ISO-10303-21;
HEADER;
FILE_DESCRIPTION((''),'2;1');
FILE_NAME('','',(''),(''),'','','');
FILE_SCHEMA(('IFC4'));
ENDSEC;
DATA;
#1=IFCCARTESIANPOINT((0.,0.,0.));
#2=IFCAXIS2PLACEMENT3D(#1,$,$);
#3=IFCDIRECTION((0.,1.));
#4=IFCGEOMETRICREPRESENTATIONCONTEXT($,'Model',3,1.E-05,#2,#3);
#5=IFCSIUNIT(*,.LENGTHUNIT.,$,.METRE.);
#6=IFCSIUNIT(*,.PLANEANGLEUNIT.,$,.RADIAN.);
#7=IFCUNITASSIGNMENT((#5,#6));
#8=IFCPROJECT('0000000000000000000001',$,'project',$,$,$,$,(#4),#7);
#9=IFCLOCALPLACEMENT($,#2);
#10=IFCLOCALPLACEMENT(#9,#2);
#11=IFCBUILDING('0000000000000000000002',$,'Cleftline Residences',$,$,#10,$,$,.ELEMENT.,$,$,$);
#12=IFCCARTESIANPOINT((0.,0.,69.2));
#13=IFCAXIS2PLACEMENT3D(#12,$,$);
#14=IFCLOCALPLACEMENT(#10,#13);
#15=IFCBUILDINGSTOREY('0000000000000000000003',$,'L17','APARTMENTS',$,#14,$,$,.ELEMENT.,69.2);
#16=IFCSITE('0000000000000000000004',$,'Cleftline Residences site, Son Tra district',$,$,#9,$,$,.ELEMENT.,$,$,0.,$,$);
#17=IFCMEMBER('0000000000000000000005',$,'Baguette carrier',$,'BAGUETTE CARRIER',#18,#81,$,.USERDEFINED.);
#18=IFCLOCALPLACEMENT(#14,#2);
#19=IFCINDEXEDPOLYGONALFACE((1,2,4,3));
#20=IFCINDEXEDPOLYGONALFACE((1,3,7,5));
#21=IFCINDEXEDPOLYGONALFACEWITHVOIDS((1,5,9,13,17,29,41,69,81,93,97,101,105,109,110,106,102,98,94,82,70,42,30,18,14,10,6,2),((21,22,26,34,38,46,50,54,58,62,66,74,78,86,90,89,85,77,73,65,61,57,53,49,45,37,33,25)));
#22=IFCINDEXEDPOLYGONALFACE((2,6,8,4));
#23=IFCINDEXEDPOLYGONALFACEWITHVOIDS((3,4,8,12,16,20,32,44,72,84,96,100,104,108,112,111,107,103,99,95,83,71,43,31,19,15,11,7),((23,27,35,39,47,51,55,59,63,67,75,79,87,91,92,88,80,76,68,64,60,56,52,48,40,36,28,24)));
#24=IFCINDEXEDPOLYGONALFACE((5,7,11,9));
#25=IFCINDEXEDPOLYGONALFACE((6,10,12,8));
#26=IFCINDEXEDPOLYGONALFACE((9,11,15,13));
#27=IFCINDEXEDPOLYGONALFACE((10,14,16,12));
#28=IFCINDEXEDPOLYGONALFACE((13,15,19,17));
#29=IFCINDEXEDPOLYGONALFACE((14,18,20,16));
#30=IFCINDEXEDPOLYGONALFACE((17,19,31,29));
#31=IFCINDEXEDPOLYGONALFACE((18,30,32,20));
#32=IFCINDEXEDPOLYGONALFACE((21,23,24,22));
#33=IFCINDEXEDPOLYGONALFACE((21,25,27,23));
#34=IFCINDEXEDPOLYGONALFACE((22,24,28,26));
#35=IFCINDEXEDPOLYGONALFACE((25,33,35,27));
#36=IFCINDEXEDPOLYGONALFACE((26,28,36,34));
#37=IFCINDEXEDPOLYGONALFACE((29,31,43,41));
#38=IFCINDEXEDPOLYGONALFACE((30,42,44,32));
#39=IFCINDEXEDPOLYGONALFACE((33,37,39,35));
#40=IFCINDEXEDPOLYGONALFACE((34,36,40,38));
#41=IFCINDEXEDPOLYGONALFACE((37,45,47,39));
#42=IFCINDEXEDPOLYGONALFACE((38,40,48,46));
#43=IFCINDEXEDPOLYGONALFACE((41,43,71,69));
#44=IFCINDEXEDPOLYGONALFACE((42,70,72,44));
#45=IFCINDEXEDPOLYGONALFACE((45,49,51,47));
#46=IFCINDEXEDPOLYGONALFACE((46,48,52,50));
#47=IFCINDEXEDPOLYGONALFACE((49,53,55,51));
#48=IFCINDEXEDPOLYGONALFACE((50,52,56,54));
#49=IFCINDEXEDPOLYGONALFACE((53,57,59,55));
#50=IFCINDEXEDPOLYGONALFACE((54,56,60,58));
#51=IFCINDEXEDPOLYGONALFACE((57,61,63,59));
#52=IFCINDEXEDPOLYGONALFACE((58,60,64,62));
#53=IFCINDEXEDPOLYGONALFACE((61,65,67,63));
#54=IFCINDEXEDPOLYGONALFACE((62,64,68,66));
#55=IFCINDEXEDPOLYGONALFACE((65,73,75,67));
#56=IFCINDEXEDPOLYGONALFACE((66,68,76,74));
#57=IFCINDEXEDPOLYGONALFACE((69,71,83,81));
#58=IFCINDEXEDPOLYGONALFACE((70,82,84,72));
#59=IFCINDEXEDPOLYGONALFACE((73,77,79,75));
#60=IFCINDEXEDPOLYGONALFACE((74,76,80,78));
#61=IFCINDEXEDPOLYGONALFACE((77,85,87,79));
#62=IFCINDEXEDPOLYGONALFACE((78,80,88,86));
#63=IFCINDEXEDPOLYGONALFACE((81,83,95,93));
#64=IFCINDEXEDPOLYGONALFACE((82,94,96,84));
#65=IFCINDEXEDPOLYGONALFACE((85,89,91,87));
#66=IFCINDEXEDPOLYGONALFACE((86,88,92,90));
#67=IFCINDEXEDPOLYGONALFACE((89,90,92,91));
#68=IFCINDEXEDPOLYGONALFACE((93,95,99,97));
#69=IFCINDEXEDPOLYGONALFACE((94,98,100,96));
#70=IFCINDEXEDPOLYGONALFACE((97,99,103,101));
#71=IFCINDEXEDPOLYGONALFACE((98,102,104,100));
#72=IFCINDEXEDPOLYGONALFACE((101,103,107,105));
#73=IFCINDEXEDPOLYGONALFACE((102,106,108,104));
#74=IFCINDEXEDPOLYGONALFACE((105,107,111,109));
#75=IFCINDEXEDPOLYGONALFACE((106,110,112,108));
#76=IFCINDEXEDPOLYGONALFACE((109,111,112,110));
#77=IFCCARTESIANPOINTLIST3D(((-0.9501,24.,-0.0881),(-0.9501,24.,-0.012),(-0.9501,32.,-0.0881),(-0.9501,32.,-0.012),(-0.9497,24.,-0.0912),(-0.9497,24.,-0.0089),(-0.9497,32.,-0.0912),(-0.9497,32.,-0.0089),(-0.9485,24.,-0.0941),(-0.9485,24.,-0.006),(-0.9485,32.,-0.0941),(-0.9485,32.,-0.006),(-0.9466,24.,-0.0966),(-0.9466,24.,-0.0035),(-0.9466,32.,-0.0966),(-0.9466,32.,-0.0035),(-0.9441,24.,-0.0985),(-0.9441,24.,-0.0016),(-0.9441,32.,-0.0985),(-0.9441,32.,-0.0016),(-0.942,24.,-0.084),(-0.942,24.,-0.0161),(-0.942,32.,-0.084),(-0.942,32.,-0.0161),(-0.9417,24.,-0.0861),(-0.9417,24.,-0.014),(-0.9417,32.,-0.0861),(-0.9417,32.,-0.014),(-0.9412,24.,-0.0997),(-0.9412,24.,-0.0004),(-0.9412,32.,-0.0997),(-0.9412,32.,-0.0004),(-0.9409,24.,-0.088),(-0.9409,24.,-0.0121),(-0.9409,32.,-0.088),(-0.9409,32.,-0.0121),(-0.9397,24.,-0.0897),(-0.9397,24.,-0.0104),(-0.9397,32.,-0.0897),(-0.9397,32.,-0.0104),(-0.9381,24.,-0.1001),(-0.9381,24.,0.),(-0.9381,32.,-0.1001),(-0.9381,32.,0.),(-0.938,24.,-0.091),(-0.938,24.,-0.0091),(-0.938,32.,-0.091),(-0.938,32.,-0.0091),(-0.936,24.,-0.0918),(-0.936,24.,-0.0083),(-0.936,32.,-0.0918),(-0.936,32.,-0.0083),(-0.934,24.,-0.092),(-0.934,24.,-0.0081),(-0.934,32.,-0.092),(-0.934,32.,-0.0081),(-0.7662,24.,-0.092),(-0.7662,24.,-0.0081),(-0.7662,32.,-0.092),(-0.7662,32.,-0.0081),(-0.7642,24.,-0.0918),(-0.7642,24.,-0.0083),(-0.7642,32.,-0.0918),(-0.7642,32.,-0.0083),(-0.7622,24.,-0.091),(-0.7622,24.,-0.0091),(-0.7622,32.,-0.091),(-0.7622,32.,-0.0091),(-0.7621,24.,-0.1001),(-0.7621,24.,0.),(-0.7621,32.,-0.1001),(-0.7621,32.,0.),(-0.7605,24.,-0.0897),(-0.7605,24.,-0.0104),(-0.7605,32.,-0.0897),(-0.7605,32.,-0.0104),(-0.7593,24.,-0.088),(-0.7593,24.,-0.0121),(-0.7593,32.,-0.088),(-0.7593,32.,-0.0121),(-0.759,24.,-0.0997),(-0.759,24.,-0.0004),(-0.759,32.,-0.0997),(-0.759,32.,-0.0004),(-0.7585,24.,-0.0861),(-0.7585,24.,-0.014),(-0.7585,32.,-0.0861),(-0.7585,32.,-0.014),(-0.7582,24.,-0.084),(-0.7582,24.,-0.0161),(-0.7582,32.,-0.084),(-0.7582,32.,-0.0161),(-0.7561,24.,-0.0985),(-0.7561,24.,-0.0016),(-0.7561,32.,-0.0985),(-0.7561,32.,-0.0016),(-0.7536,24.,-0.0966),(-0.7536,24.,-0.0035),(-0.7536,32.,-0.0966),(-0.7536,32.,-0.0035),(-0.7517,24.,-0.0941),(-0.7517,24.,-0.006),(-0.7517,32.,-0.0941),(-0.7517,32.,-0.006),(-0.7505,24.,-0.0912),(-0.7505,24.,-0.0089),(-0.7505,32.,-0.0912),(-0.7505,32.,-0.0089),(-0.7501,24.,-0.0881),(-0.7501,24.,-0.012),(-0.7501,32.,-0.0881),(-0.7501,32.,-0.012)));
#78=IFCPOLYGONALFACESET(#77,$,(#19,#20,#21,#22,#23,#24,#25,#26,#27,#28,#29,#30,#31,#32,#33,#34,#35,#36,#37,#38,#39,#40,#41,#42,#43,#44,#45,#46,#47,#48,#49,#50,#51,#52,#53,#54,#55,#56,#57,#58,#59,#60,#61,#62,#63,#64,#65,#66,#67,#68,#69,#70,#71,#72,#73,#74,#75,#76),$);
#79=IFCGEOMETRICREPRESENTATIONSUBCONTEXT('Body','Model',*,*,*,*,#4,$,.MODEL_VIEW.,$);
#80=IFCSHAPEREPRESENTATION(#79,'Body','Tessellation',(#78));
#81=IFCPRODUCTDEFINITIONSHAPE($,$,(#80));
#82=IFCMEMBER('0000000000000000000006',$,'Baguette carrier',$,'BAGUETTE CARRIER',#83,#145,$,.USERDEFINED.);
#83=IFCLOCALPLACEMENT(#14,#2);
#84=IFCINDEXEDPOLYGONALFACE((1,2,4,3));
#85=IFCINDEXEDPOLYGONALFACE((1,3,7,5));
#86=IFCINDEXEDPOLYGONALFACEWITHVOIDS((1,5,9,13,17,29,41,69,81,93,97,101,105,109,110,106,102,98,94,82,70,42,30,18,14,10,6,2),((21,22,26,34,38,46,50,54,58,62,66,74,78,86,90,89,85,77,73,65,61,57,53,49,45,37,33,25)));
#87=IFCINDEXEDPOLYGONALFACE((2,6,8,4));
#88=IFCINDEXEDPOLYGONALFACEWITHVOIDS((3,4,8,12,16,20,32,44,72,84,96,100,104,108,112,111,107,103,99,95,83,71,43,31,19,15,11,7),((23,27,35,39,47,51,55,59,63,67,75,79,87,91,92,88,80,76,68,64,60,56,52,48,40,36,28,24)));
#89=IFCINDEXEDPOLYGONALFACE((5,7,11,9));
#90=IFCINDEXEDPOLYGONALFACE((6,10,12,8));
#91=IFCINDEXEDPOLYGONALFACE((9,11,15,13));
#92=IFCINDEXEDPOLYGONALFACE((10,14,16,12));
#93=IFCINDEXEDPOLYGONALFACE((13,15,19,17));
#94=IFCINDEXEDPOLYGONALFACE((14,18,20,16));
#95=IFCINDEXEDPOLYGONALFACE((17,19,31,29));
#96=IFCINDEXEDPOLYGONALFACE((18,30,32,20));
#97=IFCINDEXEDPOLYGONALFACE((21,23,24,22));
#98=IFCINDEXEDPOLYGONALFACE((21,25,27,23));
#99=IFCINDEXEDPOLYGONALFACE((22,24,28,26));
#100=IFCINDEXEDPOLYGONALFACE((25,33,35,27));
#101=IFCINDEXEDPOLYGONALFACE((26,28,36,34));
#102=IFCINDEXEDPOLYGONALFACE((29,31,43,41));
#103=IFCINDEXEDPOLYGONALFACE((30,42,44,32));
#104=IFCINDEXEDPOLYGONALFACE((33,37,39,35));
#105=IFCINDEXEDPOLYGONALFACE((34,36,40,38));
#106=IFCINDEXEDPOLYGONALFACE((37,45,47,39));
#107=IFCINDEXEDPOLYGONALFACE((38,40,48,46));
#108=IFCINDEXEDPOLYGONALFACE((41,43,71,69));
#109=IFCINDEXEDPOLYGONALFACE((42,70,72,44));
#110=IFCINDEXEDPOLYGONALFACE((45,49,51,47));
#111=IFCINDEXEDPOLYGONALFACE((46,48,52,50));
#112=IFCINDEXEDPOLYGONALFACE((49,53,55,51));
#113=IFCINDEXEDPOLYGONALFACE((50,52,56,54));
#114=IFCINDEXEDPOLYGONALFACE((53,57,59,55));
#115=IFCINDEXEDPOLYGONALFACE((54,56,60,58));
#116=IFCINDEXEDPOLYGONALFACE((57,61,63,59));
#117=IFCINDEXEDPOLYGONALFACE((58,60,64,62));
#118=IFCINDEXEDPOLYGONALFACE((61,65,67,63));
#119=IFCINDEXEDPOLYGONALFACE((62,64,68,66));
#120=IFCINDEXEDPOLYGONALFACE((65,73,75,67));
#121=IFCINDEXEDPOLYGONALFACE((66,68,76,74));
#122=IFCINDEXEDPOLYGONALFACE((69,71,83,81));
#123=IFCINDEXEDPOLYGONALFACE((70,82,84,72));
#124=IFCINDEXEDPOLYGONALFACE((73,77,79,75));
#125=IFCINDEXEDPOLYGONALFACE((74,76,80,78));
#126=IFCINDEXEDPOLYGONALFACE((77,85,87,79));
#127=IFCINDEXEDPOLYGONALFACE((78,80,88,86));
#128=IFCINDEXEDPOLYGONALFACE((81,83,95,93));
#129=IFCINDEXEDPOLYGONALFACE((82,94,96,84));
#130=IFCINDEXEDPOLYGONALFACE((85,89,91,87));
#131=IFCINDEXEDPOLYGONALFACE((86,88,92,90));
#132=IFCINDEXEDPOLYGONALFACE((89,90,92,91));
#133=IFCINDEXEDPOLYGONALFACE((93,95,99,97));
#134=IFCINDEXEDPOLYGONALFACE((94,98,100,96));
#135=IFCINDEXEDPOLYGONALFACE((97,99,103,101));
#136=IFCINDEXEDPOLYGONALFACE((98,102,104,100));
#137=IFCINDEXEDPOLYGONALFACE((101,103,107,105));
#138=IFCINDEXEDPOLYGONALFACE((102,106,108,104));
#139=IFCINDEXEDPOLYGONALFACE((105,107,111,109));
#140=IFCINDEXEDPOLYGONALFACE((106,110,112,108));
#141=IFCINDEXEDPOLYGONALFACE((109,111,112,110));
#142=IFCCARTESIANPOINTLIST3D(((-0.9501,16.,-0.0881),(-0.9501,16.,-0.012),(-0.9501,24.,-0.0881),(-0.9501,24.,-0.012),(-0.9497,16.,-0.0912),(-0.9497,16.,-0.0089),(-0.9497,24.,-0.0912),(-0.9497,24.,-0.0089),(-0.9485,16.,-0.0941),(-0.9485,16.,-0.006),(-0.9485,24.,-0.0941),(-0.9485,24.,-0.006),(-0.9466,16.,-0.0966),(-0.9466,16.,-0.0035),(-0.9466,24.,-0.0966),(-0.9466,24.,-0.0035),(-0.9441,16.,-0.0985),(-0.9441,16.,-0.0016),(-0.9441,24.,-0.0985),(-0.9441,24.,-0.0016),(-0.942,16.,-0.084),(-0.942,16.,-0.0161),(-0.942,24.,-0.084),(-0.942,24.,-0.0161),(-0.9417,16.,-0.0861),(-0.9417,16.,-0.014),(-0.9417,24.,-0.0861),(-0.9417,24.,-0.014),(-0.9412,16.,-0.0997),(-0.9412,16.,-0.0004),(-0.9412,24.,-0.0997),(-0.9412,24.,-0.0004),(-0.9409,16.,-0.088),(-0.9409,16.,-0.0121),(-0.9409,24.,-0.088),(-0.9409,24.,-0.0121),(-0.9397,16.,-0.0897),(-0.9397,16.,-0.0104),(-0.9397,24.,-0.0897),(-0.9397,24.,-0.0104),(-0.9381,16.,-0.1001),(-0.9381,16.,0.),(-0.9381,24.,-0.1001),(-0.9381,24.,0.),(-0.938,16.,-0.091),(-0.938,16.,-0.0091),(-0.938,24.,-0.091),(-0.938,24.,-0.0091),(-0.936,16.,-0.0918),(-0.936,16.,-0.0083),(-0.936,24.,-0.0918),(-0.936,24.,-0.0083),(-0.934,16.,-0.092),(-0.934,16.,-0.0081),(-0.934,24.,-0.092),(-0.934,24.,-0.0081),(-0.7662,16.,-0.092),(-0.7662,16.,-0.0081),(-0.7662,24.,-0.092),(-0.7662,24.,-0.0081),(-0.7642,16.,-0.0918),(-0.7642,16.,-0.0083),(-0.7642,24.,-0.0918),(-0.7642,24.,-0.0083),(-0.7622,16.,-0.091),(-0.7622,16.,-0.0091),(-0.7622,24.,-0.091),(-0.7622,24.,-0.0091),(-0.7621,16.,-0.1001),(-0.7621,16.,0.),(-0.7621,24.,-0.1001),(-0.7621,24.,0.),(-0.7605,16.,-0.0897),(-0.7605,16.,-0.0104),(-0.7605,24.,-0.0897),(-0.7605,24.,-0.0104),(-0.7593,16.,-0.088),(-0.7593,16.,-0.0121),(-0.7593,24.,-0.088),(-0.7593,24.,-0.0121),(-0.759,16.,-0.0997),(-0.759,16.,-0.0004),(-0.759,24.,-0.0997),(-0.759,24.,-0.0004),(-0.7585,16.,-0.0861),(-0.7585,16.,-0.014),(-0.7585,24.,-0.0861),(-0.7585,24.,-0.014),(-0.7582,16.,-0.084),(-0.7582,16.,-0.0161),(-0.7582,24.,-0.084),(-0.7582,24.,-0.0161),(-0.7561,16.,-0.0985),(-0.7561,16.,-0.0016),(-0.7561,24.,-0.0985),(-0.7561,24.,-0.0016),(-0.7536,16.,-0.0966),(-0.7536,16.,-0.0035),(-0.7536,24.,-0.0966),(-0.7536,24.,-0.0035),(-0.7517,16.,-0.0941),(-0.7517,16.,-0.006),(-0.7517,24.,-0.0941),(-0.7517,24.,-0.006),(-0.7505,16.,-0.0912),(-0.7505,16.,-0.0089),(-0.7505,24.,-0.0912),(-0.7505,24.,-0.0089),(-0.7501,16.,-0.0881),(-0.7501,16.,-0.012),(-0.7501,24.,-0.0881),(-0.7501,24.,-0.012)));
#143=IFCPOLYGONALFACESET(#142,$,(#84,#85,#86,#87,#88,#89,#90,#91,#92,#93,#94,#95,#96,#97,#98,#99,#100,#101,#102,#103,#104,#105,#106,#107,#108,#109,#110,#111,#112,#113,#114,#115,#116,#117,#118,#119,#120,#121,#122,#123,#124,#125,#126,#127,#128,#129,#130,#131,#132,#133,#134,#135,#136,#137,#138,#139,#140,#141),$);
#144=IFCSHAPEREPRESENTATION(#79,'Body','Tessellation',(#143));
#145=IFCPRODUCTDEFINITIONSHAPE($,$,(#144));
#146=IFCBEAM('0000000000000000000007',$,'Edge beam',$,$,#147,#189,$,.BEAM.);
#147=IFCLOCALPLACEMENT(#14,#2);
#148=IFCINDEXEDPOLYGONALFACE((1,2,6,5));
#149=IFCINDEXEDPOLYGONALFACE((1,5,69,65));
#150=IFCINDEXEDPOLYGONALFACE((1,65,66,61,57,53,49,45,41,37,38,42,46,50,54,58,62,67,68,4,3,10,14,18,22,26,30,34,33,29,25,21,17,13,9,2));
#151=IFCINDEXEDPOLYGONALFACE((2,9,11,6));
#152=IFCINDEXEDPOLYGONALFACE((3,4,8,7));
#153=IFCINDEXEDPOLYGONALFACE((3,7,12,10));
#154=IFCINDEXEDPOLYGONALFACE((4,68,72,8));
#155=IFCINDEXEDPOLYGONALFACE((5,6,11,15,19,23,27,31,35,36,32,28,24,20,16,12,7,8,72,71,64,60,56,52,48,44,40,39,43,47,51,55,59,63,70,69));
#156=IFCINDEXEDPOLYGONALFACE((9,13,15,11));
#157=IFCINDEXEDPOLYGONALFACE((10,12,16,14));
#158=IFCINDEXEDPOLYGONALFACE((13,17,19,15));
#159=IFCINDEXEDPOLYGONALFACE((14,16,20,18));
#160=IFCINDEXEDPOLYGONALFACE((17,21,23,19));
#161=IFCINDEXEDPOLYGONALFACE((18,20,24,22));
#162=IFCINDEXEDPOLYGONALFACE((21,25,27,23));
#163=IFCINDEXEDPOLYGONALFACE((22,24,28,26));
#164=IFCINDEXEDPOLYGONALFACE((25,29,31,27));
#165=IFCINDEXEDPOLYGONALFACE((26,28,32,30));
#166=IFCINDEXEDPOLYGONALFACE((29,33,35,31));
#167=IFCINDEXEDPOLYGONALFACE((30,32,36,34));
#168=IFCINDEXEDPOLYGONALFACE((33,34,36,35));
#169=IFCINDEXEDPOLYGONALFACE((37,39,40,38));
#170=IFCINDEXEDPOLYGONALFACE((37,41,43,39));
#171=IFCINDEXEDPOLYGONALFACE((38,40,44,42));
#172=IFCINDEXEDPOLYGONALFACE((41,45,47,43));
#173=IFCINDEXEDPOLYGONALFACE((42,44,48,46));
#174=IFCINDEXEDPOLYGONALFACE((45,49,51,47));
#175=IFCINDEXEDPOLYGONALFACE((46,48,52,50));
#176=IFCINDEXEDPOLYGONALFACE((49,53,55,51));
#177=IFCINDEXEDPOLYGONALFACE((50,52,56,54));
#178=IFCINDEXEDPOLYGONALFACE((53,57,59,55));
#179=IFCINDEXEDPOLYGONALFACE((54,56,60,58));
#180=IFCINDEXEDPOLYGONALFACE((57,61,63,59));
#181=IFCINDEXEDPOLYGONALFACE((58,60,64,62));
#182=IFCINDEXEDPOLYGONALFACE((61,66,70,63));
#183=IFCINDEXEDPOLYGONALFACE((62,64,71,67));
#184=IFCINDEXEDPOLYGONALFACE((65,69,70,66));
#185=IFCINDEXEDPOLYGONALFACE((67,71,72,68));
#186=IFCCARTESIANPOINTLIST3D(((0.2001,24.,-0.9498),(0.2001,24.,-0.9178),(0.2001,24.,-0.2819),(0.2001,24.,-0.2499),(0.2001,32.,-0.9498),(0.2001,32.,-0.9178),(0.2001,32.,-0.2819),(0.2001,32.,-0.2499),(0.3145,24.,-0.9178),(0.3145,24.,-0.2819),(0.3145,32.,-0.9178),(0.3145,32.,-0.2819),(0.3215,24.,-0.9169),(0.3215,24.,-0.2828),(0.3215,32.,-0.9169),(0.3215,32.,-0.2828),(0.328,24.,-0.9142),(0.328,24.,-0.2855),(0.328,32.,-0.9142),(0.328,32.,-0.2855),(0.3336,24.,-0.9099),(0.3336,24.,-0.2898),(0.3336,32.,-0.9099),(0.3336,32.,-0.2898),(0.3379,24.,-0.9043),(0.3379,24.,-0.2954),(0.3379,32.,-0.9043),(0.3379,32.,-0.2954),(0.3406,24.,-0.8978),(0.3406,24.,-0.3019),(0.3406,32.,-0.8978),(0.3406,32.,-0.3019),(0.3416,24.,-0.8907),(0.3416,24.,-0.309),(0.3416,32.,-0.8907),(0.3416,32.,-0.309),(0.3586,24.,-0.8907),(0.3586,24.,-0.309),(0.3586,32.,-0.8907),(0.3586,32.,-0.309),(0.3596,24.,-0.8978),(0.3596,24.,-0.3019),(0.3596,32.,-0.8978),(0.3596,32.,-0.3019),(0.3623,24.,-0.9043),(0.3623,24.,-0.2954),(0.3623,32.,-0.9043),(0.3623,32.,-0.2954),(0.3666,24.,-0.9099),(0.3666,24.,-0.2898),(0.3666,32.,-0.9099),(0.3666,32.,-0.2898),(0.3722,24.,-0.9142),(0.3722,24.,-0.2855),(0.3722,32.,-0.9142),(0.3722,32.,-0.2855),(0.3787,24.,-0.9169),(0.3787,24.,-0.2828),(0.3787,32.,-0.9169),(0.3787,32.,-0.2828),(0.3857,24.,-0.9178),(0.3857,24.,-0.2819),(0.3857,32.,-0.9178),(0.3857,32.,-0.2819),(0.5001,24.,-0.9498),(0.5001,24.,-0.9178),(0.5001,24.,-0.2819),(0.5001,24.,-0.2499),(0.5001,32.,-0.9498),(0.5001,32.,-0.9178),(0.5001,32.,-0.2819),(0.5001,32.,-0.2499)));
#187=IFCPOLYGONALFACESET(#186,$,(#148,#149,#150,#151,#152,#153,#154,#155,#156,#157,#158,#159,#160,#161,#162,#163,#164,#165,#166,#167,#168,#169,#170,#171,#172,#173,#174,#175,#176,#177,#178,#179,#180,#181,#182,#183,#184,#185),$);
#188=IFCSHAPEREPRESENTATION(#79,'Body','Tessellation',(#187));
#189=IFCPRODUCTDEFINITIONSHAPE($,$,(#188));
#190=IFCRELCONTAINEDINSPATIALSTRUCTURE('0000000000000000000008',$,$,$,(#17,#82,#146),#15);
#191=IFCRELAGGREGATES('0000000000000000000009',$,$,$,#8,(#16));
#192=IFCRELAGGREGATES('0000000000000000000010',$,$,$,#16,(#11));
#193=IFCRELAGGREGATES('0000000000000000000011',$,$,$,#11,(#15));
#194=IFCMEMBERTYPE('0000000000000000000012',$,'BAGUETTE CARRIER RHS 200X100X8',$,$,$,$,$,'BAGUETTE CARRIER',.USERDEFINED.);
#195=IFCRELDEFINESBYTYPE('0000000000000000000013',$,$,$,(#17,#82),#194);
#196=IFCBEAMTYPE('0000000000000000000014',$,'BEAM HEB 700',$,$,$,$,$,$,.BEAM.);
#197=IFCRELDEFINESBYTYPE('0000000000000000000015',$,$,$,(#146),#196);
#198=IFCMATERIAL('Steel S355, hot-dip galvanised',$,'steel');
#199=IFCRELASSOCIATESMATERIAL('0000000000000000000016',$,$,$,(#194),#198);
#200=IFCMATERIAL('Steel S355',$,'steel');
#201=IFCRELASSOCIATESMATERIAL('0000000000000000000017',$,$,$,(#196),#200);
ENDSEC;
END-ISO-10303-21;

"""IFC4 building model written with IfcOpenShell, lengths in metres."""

from ifc_helpers import new_model, si_unit, direction, frame, origin, origin_2d, place, context, subcontext, project, spatial, hollow_rectangle, i_section, extrude, material, material_profile, profile_set, type_object, element, save


model = new_model("IFC4")

# Units and contexts
model_context = context("Model", 3, precision=1e-05, world=origin(), true_north=direction((0.0, 1.0)))
body_context = subcontext(model_context, "Body", "Model", "MODEL_VIEW")
ifc_project = project(units=[si_unit("LENGTHUNIT", "METRE"), si_unit("PLANEANGLEUNIT", "RADIAN")], contexts=[model_context])

# Site, building, storey
site_placement = place(None, origin())
site = spatial("IfcSite", under=ifc_project, at=site_placement, Name="Cleftline Residences site, Son Tra district", CompositionType="ELEMENT", RefElevation=0.0)
building_placement = place(site_placement, origin())
building = spatial("IfcBuilding", under=site, at=building_placement, Name="Cleftline Residences", CompositionType="ELEMENT")
storey_placement = place(building_placement, frame((0.0, 0.0, 69.2)))
storey = spatial("IfcBuildingStorey", under=building, at=storey_placement, Name="L17", Description="APARTMENTS", CompositionType="ELEMENT", Elevation=69.2)

# Members
ifc_material_1 = material(Name="Steel S355, hot-dip galvanised", Category="steel")
ifc_material_profile_1 = material_profile(ifc_material_1, hollow_rectangle(XDim=0.1001, YDim=0.2, WallThickness=0.0081, InnerFilletRadius=0.0081, OuterFilletRadius=0.012, at=origin_2d()))
ifc_profile_set_1 = profile_set([ifc_material_profile_1], Name="Steel S355, hot-dip galvanised")
member_type_1 = type_object("IfcMemberType", Name="BAGUETTE CARRIER RHS 200X100X8", ElementType="BAGUETTE CARRIER", PredefinedType="USERDEFINED", material=ifc_profile_set_1)
for number, where, z_axis, x_axis, name in (
    (1, (-0.8501, 32.0, -0.05), (0.0, -1.0, 0.0), (0.0, 0.0, 1.0), "Baguette carrier"),
    (2, (-0.8501, 24.0, -0.05), (0.0, -1.0, 0.0), (0.0, 0.0, 1.0), "Baguette carrier"),
):
    element("IfcMember", number, at=place(storey_placement, frame(where, z_axis=z_axis, x_axis=x_axis)), inside=storey, type_object=member_type_1, Name=name, ObjectType="BAGUETTE CARRIER", PredefinedType="USERDEFINED", context=body_context, shape_type="SweptSolid", body=[
        extrude(hollow_rectangle(XDim=0.1001, YDim=0.2, WallThickness=0.0081, InnerFilletRadius=0.0081, OuterFilletRadius=0.012, at=origin_2d()), origin(), (0.0, 0.0, 1.0), 8.0),
    ])

# Beam
ifc_material_2 = material(Name="Steel S355", Category="steel")
ifc_material_profile_2 = material_profile(ifc_material_2, i_section(OverallWidth=0.3, OverallDepth=0.7, WebThickness=0.0171, FlangeThickness=0.032, FilletRadius=0.0271, at=origin_2d()))
ifc_profile_set_2 = profile_set([ifc_material_profile_2], Name="Steel S355")
beam_type = type_object("IfcBeamType", Name="BEAM HEB 700", PredefinedType="BEAM", material=ifc_profile_set_2)
for number, where, z_axis, x_axis, name in (
    (3, (0.3501, 24.0, -0.5999), (0.0, 1.0, 0.0), (-1.0, 0.0, 0.0), "Edge beam"),
):
    element("IfcBeam", number, at=place(storey_placement, frame(where, z_axis=z_axis, x_axis=x_axis)), inside=storey, type_object=beam_type, Name=name, PredefinedType="BEAM", context=body_context, shape_type="SweptSolid", body=[
        extrude(i_section(OverallWidth=0.3, OverallDepth=0.7, WebThickness=0.0171, FlangeThickness=0.032, FilletRadius=0.0271, at=origin_2d()), origin(), (0.0, 0.0, 1.0), 8.0),
    ])

save(model, "model.ifc")
